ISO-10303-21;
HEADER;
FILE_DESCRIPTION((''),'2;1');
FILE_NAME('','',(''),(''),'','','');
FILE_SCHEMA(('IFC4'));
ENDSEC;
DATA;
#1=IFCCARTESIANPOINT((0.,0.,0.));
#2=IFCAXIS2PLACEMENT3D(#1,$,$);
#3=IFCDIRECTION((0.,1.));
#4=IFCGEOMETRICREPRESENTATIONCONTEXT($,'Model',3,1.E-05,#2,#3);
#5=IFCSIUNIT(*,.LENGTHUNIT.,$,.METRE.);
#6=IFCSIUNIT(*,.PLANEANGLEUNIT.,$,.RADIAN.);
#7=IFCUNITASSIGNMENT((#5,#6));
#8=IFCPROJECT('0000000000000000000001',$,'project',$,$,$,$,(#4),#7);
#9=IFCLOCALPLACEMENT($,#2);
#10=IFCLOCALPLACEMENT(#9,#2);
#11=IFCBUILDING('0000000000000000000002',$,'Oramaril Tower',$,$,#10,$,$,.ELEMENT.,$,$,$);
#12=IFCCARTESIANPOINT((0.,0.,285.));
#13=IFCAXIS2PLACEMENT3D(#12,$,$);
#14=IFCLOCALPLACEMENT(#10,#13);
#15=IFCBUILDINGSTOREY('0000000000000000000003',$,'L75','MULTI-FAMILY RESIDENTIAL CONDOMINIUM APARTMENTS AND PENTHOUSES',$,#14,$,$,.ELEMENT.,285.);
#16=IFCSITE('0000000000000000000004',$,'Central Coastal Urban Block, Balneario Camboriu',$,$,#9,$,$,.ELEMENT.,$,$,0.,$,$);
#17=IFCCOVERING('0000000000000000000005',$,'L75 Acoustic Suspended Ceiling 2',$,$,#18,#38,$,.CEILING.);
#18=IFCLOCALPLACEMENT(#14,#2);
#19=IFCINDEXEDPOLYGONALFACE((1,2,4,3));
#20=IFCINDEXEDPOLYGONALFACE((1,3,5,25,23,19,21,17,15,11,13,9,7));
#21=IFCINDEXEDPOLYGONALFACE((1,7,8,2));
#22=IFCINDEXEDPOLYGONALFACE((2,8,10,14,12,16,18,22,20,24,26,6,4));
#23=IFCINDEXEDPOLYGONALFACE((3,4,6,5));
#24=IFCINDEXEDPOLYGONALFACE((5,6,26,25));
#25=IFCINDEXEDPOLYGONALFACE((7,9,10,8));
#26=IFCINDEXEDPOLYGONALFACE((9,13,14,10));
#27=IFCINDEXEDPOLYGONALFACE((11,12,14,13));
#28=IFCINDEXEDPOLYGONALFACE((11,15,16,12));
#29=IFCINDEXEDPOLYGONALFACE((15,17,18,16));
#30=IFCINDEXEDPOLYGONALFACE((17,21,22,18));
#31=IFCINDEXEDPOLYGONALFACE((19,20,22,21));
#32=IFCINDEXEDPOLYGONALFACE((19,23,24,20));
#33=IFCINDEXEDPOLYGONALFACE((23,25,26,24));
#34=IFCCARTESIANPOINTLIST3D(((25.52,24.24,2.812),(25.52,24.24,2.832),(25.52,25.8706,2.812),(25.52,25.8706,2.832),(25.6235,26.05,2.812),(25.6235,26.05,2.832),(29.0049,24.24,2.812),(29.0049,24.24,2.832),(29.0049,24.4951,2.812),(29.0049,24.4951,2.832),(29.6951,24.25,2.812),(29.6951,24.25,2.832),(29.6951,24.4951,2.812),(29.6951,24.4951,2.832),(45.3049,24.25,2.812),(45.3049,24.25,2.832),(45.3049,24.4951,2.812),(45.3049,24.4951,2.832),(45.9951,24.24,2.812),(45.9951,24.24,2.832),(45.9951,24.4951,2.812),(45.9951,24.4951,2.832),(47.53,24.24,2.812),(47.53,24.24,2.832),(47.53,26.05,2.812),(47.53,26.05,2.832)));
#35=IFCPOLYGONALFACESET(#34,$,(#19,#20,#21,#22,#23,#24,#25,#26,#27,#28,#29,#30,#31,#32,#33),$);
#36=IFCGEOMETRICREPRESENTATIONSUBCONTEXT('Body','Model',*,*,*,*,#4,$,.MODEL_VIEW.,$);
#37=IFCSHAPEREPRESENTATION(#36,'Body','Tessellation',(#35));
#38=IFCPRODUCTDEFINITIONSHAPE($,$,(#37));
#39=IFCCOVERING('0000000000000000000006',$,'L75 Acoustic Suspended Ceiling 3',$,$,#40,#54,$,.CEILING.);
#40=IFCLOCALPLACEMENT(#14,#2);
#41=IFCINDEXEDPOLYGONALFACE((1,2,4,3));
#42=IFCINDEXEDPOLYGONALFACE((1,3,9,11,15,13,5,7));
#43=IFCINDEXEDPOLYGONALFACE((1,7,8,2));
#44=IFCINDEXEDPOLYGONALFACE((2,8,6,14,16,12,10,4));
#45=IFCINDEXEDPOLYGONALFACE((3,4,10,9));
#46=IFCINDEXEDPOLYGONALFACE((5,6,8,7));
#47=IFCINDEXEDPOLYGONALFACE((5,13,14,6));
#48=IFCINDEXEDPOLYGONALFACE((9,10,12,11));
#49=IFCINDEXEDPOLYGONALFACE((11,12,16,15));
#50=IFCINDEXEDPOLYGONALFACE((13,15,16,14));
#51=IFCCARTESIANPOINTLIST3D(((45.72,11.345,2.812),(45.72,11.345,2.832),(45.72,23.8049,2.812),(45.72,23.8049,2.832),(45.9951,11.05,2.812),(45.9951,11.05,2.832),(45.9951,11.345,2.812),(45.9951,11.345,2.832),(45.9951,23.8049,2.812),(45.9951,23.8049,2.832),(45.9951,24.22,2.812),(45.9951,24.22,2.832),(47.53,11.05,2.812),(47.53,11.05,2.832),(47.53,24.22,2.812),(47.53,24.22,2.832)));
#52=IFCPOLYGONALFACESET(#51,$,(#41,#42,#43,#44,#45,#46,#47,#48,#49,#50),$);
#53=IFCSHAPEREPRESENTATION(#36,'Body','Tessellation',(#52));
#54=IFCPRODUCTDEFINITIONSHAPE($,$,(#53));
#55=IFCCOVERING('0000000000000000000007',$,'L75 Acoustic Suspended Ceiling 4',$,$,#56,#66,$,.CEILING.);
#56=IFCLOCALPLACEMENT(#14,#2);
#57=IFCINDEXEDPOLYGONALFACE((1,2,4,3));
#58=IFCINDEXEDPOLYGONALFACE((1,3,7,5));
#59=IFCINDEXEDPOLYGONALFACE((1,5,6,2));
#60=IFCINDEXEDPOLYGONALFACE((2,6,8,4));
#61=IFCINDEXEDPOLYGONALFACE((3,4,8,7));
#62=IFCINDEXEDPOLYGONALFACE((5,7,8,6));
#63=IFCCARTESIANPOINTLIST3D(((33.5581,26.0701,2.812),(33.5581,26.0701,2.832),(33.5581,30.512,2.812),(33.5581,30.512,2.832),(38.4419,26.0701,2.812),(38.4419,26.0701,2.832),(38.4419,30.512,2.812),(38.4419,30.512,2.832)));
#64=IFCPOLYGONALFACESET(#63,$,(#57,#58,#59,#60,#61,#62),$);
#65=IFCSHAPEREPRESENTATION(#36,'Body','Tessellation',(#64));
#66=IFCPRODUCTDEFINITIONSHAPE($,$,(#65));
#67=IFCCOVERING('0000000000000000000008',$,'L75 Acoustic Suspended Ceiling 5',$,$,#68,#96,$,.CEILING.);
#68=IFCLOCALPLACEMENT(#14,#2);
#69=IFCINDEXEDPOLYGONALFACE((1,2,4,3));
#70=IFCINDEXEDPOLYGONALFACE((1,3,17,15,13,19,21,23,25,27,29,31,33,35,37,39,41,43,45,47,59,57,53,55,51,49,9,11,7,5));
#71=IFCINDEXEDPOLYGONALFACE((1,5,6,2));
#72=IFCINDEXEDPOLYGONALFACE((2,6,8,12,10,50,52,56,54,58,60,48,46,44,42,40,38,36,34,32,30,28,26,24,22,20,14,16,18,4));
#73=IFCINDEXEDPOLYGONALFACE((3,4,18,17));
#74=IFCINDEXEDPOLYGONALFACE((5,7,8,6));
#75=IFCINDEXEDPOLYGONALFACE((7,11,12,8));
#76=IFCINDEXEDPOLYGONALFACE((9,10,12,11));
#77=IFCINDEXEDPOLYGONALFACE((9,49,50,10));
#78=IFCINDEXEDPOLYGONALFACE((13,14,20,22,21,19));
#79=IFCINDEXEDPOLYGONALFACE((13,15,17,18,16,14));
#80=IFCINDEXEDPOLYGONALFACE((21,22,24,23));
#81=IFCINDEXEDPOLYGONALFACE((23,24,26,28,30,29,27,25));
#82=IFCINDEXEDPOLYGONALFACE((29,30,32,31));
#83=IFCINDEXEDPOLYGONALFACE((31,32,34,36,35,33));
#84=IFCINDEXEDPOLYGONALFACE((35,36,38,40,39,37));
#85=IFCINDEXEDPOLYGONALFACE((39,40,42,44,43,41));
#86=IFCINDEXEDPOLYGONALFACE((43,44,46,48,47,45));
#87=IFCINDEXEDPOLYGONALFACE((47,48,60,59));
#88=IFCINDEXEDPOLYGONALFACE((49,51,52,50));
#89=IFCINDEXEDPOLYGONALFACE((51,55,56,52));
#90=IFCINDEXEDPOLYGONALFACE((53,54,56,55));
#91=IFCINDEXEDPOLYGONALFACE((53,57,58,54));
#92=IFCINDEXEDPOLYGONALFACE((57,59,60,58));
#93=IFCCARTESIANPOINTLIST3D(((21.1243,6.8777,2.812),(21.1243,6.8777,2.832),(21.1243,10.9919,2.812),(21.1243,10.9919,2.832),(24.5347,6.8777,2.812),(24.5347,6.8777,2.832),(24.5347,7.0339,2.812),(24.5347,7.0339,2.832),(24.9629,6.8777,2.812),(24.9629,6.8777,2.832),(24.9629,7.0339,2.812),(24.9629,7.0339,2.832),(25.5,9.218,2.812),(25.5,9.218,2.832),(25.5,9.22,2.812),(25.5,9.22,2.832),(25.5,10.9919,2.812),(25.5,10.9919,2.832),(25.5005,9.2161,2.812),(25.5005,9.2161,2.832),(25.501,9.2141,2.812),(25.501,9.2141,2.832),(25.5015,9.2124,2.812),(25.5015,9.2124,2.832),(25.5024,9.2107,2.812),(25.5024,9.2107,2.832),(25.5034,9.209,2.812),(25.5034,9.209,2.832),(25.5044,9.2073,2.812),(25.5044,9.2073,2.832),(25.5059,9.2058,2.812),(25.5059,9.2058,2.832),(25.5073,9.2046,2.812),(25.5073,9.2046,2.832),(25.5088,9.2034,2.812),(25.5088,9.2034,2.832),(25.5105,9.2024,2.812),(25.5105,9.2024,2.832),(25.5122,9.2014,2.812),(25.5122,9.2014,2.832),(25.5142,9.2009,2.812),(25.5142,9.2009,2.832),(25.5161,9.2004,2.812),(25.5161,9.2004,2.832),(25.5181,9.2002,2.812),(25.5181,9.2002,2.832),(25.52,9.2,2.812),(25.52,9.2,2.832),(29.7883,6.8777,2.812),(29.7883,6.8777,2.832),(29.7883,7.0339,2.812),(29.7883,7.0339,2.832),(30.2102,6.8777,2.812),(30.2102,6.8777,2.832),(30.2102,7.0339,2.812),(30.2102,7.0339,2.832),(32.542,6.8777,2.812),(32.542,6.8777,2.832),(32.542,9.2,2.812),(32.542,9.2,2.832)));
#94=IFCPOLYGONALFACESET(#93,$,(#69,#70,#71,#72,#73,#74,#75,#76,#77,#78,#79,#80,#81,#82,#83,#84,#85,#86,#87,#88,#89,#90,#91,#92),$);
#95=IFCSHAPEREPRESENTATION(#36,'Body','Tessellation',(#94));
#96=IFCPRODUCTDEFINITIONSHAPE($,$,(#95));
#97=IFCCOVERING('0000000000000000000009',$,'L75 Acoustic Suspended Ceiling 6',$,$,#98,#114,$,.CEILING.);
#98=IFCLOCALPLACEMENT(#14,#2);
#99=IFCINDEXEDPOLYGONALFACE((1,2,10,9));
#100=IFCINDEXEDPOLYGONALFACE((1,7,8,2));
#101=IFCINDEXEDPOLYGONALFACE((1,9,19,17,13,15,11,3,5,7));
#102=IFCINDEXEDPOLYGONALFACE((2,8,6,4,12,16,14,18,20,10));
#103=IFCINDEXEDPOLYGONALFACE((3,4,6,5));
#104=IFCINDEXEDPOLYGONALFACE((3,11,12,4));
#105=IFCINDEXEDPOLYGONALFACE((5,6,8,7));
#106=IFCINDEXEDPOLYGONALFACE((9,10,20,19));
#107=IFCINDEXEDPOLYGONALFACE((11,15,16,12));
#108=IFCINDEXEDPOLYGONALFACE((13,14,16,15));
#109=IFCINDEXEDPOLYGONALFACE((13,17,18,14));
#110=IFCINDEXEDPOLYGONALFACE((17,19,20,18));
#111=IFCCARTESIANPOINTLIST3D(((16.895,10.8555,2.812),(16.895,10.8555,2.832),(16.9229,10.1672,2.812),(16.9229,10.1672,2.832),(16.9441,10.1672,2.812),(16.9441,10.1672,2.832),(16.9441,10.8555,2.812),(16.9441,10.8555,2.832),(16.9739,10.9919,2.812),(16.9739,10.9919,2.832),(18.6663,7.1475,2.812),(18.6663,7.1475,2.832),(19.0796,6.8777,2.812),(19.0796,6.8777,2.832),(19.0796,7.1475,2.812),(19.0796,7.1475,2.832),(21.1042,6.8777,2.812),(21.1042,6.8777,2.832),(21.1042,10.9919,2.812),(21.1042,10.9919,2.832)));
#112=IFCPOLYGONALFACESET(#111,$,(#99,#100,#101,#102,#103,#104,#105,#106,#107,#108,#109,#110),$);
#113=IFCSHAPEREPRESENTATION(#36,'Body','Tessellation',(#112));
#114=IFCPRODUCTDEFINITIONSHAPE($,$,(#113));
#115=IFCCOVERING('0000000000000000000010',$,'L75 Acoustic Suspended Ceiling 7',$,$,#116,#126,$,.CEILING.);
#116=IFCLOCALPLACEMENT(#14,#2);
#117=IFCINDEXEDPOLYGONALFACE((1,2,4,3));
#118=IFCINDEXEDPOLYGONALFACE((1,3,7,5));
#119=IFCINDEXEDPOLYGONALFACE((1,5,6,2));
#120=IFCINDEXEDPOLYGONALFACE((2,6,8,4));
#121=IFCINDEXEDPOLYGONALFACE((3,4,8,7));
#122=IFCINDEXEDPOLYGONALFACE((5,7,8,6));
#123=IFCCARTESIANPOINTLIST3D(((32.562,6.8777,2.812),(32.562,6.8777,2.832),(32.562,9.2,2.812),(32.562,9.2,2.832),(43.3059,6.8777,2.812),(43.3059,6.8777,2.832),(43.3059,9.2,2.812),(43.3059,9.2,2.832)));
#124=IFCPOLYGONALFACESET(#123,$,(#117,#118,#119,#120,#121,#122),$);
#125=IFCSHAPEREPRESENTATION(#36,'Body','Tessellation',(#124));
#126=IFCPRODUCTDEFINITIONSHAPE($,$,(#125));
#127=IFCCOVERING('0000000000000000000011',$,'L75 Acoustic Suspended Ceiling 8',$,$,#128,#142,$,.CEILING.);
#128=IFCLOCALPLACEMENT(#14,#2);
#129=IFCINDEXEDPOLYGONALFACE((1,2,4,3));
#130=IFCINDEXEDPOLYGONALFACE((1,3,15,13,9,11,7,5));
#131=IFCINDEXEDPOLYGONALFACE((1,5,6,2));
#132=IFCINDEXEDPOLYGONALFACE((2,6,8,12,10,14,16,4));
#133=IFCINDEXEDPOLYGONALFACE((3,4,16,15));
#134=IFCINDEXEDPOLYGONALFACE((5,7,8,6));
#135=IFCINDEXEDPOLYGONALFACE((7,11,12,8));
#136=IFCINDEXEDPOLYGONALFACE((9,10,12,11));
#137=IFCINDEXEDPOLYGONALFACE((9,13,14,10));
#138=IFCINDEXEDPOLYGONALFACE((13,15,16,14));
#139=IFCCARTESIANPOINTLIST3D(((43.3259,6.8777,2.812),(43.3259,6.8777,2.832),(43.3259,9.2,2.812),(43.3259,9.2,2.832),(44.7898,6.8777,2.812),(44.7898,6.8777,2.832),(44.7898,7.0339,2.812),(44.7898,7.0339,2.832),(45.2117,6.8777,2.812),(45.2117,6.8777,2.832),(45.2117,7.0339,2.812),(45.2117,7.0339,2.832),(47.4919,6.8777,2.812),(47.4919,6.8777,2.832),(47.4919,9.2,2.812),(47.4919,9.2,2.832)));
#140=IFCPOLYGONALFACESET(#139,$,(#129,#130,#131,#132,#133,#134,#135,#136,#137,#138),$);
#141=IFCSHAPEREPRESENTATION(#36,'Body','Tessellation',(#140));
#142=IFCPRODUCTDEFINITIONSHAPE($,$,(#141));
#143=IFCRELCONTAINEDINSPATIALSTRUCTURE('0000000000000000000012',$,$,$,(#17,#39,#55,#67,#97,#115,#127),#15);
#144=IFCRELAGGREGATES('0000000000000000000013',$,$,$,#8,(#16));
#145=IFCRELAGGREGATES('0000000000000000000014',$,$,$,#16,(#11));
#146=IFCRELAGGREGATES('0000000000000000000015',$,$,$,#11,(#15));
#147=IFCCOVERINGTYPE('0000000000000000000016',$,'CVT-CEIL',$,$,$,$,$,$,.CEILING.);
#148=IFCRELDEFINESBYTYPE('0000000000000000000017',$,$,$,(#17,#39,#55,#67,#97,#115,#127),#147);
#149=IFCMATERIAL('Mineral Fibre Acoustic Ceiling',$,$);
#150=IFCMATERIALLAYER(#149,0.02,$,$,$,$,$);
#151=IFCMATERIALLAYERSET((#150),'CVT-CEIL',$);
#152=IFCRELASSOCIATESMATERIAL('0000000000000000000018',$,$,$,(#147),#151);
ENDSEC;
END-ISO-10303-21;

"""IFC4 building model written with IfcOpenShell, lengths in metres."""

from ifc_helpers import new_model, si_unit, direction, frame, origin, place, context, subcontext, project, spatial, polyline, outline, extrude, material, layer, layer_set, type_object, element, save


model = new_model("IFC4")

# Units and contexts
model_context = context("Model", 3, precision=1e-05, world=origin(), true_north=direction((0.0, 1.0)))
body_context = subcontext(model_context, "Body", "Model", "MODEL_VIEW")
ifc_project = project(units=[si_unit("LENGTHUNIT", "METRE"), si_unit("PLANEANGLEUNIT", "RADIAN")], contexts=[model_context])

# Site, building, storey
site_placement = place(None, origin())
site = spatial("IfcSite", under=ifc_project, at=site_placement, Name="Central Coastal Urban Block, Balneario Camboriu", CompositionType="ELEMENT", RefElevation=0.0)
building_placement = place(site_placement, origin())
building = spatial("IfcBuilding", under=site, at=building_placement, Name="Oramaril Tower", CompositionType="ELEMENT")
storey_placement = place(building_placement, frame((0.0, 0.0, 285.0)))
storey = spatial("IfcBuildingStorey", under=building, at=storey_placement, Name="L75", Description="MULTI-FAMILY RESIDENTIAL CONDOMINIUM APARTMENTS AND PENTHOUSES", CompositionType="ELEMENT", Elevation=285.0)

# Coverings
ifc_material_1 = material(Name="Mineral Fibre Acoustic Ceiling")
ifc_layer_1 = layer(ifc_material_1, 0.02)
ifc_layer_set_1 = layer_set([ifc_layer_1], Name="CVT-CEIL")
covering_type_1 = type_object("IfcCoveringType", Name="CVT-CEIL", PredefinedType="CEILING", material=ifc_layer_set_1)
covering_1_placement = place(storey_placement, frame((0.0, 0.0, 2.812)))
element("IfcCovering", 1, at=covering_1_placement, inside=storey, type_object=covering_type_1, Name="L75 Acoustic Suspended Ceiling 2", PredefinedType="CEILING", context=body_context, shape_type="SweptSolid", body=[
    extrude(outline(polyline([(45.9951, 24.24), (45.9951, 24.4951), (45.3049, 24.4951), (45.3049, 24.25), (29.6951, 24.25), (29.6951, 24.4951), (29.0049, 24.4951), (29.0049, 24.24), (25.52, 24.24), (25.52, 25.8706), (25.6235, 26.05), (47.53, 26.05), (47.53, 24.24), (45.9951, 24.24)])), origin(), (0.0, 0.0, 1.0), 0.02),
])
covering_2_placement = place(storey_placement, frame((0.0, 0.0, 2.812)))
element("IfcCovering", 2, at=covering_2_placement, inside=storey, type_object=covering_type_1, Name="L75 Acoustic Suspended Ceiling 3", PredefinedType="CEILING", context=body_context, shape_type="SweptSolid", body=[
    extrude(outline(polyline([(47.53, 11.05), (45.9951, 11.05), (45.9951, 11.345), (45.72, 11.345), (45.72, 23.8049), (45.9951, 23.8049), (45.9951, 24.22), (47.53, 24.22), (47.53, 11.05)])), origin(), (0.0, 0.0, 1.0), 0.02),
])
covering_3_placement = place(storey_placement, frame((0.0, 0.0, 2.812)))
element("IfcCovering", 3, at=covering_3_placement, inside=storey, type_object=covering_type_1, Name="L75 Acoustic Suspended Ceiling 4", PredefinedType="CEILING", context=body_context, shape_type="SweptSolid", body=[
    extrude(outline(polyline([(38.4419, 30.512), (38.4419, 26.0701), (33.5581, 26.0701), (33.5581, 30.512), (38.4419, 30.512)])), origin(), (0.0, 0.0, 1.0), 0.02),
])
covering_4_placement = place(storey_placement, frame((0.0, 0.0, 2.812)))
element("IfcCovering", 4, at=covering_4_placement, inside=storey, type_object=covering_type_1, Name="L75 Acoustic Suspended Ceiling 5", PredefinedType="CEILING", context=body_context, shape_type="SweptSolid", body=[
    extrude(outline(polyline([(32.542, 6.8777), (30.2102, 6.8777), (30.2102, 7.0339), (29.7883, 7.0339), (29.7883, 6.8777), (24.9629, 6.8777), (24.9629, 7.0339), (24.5347, 7.0339), (24.5347, 6.8777), (21.1243, 6.8777), (21.1243, 10.9919), (25.5, 10.9919), (25.5, 9.22), (25.5, 9.218), (25.5005, 9.2161), (25.501, 9.2141), (25.5015, 9.2124), (25.5024, 9.2107), (25.5034, 9.209), (25.5044, 9.2073), (25.5059, 9.2058), (25.5073, 9.2046), (25.5088, 9.2034), (25.5105, 9.2024), (25.5122, 9.2014), (25.5142, 9.2009), (25.5161, 9.2004), (25.5181, 9.2002), (25.52, 9.2), (32.542, 9.2), (32.542, 6.8777)])), origin(), (0.0, 0.0, 1.0), 0.02),
])
covering_5_placement = place(storey_placement, frame((0.0, 0.0, 2.812)))
element("IfcCovering", 5, at=covering_5_placement, inside=storey, type_object=covering_type_1, Name="L75 Acoustic Suspended Ceiling 6", PredefinedType="CEILING", context=body_context, shape_type="SweptSolid", body=[
    extrude(outline(polyline([(19.0796, 6.8777), (19.0796, 7.1475), (18.6663, 7.1475), (16.9229, 10.1672), (16.9441, 10.1672), (16.9441, 10.8555), (16.895, 10.8555), (16.9739, 10.9919), (21.1042, 10.9919), (21.1042, 6.8777), (19.0796, 6.8777)])), origin(), (0.0, 0.0, 1.0), 0.02),
])
covering_6_placement = place(storey_placement, frame((0.0, 0.0, 2.812)))
element("IfcCovering", 6, at=covering_6_placement, inside=storey, type_object=covering_type_1, Name="L75 Acoustic Suspended Ceiling 7", PredefinedType="CEILING", context=body_context, shape_type="SweptSolid", body=[
    extrude(outline(polyline([(32.562, 6.8777), (32.562, 9.2), (43.3059, 9.2), (43.3059, 6.8777), (32.562, 6.8777)])), origin(), (0.0, 0.0, 1.0), 0.02),
])
covering_7_placement = place(storey_placement, frame((0.0, 0.0, 2.812)))
element("IfcCovering", 7, at=covering_7_placement, inside=storey, type_object=covering_type_1, Name="L75 Acoustic Suspended Ceiling 8", PredefinedType="CEILING", context=body_context, shape_type="SweptSolid", body=[
    extrude(outline(polyline([(45.2117, 7.0339), (44.7898, 7.0339), (44.7898, 6.8777), (43.3259, 6.8777), (43.3259, 9.2), (47.4919, 9.2), (47.4919, 6.8777), (45.2117, 6.8777), (45.2117, 7.0339)])), origin(), (0.0, 0.0, 1.0), 0.02),
])

save(model, "model.ifc")
